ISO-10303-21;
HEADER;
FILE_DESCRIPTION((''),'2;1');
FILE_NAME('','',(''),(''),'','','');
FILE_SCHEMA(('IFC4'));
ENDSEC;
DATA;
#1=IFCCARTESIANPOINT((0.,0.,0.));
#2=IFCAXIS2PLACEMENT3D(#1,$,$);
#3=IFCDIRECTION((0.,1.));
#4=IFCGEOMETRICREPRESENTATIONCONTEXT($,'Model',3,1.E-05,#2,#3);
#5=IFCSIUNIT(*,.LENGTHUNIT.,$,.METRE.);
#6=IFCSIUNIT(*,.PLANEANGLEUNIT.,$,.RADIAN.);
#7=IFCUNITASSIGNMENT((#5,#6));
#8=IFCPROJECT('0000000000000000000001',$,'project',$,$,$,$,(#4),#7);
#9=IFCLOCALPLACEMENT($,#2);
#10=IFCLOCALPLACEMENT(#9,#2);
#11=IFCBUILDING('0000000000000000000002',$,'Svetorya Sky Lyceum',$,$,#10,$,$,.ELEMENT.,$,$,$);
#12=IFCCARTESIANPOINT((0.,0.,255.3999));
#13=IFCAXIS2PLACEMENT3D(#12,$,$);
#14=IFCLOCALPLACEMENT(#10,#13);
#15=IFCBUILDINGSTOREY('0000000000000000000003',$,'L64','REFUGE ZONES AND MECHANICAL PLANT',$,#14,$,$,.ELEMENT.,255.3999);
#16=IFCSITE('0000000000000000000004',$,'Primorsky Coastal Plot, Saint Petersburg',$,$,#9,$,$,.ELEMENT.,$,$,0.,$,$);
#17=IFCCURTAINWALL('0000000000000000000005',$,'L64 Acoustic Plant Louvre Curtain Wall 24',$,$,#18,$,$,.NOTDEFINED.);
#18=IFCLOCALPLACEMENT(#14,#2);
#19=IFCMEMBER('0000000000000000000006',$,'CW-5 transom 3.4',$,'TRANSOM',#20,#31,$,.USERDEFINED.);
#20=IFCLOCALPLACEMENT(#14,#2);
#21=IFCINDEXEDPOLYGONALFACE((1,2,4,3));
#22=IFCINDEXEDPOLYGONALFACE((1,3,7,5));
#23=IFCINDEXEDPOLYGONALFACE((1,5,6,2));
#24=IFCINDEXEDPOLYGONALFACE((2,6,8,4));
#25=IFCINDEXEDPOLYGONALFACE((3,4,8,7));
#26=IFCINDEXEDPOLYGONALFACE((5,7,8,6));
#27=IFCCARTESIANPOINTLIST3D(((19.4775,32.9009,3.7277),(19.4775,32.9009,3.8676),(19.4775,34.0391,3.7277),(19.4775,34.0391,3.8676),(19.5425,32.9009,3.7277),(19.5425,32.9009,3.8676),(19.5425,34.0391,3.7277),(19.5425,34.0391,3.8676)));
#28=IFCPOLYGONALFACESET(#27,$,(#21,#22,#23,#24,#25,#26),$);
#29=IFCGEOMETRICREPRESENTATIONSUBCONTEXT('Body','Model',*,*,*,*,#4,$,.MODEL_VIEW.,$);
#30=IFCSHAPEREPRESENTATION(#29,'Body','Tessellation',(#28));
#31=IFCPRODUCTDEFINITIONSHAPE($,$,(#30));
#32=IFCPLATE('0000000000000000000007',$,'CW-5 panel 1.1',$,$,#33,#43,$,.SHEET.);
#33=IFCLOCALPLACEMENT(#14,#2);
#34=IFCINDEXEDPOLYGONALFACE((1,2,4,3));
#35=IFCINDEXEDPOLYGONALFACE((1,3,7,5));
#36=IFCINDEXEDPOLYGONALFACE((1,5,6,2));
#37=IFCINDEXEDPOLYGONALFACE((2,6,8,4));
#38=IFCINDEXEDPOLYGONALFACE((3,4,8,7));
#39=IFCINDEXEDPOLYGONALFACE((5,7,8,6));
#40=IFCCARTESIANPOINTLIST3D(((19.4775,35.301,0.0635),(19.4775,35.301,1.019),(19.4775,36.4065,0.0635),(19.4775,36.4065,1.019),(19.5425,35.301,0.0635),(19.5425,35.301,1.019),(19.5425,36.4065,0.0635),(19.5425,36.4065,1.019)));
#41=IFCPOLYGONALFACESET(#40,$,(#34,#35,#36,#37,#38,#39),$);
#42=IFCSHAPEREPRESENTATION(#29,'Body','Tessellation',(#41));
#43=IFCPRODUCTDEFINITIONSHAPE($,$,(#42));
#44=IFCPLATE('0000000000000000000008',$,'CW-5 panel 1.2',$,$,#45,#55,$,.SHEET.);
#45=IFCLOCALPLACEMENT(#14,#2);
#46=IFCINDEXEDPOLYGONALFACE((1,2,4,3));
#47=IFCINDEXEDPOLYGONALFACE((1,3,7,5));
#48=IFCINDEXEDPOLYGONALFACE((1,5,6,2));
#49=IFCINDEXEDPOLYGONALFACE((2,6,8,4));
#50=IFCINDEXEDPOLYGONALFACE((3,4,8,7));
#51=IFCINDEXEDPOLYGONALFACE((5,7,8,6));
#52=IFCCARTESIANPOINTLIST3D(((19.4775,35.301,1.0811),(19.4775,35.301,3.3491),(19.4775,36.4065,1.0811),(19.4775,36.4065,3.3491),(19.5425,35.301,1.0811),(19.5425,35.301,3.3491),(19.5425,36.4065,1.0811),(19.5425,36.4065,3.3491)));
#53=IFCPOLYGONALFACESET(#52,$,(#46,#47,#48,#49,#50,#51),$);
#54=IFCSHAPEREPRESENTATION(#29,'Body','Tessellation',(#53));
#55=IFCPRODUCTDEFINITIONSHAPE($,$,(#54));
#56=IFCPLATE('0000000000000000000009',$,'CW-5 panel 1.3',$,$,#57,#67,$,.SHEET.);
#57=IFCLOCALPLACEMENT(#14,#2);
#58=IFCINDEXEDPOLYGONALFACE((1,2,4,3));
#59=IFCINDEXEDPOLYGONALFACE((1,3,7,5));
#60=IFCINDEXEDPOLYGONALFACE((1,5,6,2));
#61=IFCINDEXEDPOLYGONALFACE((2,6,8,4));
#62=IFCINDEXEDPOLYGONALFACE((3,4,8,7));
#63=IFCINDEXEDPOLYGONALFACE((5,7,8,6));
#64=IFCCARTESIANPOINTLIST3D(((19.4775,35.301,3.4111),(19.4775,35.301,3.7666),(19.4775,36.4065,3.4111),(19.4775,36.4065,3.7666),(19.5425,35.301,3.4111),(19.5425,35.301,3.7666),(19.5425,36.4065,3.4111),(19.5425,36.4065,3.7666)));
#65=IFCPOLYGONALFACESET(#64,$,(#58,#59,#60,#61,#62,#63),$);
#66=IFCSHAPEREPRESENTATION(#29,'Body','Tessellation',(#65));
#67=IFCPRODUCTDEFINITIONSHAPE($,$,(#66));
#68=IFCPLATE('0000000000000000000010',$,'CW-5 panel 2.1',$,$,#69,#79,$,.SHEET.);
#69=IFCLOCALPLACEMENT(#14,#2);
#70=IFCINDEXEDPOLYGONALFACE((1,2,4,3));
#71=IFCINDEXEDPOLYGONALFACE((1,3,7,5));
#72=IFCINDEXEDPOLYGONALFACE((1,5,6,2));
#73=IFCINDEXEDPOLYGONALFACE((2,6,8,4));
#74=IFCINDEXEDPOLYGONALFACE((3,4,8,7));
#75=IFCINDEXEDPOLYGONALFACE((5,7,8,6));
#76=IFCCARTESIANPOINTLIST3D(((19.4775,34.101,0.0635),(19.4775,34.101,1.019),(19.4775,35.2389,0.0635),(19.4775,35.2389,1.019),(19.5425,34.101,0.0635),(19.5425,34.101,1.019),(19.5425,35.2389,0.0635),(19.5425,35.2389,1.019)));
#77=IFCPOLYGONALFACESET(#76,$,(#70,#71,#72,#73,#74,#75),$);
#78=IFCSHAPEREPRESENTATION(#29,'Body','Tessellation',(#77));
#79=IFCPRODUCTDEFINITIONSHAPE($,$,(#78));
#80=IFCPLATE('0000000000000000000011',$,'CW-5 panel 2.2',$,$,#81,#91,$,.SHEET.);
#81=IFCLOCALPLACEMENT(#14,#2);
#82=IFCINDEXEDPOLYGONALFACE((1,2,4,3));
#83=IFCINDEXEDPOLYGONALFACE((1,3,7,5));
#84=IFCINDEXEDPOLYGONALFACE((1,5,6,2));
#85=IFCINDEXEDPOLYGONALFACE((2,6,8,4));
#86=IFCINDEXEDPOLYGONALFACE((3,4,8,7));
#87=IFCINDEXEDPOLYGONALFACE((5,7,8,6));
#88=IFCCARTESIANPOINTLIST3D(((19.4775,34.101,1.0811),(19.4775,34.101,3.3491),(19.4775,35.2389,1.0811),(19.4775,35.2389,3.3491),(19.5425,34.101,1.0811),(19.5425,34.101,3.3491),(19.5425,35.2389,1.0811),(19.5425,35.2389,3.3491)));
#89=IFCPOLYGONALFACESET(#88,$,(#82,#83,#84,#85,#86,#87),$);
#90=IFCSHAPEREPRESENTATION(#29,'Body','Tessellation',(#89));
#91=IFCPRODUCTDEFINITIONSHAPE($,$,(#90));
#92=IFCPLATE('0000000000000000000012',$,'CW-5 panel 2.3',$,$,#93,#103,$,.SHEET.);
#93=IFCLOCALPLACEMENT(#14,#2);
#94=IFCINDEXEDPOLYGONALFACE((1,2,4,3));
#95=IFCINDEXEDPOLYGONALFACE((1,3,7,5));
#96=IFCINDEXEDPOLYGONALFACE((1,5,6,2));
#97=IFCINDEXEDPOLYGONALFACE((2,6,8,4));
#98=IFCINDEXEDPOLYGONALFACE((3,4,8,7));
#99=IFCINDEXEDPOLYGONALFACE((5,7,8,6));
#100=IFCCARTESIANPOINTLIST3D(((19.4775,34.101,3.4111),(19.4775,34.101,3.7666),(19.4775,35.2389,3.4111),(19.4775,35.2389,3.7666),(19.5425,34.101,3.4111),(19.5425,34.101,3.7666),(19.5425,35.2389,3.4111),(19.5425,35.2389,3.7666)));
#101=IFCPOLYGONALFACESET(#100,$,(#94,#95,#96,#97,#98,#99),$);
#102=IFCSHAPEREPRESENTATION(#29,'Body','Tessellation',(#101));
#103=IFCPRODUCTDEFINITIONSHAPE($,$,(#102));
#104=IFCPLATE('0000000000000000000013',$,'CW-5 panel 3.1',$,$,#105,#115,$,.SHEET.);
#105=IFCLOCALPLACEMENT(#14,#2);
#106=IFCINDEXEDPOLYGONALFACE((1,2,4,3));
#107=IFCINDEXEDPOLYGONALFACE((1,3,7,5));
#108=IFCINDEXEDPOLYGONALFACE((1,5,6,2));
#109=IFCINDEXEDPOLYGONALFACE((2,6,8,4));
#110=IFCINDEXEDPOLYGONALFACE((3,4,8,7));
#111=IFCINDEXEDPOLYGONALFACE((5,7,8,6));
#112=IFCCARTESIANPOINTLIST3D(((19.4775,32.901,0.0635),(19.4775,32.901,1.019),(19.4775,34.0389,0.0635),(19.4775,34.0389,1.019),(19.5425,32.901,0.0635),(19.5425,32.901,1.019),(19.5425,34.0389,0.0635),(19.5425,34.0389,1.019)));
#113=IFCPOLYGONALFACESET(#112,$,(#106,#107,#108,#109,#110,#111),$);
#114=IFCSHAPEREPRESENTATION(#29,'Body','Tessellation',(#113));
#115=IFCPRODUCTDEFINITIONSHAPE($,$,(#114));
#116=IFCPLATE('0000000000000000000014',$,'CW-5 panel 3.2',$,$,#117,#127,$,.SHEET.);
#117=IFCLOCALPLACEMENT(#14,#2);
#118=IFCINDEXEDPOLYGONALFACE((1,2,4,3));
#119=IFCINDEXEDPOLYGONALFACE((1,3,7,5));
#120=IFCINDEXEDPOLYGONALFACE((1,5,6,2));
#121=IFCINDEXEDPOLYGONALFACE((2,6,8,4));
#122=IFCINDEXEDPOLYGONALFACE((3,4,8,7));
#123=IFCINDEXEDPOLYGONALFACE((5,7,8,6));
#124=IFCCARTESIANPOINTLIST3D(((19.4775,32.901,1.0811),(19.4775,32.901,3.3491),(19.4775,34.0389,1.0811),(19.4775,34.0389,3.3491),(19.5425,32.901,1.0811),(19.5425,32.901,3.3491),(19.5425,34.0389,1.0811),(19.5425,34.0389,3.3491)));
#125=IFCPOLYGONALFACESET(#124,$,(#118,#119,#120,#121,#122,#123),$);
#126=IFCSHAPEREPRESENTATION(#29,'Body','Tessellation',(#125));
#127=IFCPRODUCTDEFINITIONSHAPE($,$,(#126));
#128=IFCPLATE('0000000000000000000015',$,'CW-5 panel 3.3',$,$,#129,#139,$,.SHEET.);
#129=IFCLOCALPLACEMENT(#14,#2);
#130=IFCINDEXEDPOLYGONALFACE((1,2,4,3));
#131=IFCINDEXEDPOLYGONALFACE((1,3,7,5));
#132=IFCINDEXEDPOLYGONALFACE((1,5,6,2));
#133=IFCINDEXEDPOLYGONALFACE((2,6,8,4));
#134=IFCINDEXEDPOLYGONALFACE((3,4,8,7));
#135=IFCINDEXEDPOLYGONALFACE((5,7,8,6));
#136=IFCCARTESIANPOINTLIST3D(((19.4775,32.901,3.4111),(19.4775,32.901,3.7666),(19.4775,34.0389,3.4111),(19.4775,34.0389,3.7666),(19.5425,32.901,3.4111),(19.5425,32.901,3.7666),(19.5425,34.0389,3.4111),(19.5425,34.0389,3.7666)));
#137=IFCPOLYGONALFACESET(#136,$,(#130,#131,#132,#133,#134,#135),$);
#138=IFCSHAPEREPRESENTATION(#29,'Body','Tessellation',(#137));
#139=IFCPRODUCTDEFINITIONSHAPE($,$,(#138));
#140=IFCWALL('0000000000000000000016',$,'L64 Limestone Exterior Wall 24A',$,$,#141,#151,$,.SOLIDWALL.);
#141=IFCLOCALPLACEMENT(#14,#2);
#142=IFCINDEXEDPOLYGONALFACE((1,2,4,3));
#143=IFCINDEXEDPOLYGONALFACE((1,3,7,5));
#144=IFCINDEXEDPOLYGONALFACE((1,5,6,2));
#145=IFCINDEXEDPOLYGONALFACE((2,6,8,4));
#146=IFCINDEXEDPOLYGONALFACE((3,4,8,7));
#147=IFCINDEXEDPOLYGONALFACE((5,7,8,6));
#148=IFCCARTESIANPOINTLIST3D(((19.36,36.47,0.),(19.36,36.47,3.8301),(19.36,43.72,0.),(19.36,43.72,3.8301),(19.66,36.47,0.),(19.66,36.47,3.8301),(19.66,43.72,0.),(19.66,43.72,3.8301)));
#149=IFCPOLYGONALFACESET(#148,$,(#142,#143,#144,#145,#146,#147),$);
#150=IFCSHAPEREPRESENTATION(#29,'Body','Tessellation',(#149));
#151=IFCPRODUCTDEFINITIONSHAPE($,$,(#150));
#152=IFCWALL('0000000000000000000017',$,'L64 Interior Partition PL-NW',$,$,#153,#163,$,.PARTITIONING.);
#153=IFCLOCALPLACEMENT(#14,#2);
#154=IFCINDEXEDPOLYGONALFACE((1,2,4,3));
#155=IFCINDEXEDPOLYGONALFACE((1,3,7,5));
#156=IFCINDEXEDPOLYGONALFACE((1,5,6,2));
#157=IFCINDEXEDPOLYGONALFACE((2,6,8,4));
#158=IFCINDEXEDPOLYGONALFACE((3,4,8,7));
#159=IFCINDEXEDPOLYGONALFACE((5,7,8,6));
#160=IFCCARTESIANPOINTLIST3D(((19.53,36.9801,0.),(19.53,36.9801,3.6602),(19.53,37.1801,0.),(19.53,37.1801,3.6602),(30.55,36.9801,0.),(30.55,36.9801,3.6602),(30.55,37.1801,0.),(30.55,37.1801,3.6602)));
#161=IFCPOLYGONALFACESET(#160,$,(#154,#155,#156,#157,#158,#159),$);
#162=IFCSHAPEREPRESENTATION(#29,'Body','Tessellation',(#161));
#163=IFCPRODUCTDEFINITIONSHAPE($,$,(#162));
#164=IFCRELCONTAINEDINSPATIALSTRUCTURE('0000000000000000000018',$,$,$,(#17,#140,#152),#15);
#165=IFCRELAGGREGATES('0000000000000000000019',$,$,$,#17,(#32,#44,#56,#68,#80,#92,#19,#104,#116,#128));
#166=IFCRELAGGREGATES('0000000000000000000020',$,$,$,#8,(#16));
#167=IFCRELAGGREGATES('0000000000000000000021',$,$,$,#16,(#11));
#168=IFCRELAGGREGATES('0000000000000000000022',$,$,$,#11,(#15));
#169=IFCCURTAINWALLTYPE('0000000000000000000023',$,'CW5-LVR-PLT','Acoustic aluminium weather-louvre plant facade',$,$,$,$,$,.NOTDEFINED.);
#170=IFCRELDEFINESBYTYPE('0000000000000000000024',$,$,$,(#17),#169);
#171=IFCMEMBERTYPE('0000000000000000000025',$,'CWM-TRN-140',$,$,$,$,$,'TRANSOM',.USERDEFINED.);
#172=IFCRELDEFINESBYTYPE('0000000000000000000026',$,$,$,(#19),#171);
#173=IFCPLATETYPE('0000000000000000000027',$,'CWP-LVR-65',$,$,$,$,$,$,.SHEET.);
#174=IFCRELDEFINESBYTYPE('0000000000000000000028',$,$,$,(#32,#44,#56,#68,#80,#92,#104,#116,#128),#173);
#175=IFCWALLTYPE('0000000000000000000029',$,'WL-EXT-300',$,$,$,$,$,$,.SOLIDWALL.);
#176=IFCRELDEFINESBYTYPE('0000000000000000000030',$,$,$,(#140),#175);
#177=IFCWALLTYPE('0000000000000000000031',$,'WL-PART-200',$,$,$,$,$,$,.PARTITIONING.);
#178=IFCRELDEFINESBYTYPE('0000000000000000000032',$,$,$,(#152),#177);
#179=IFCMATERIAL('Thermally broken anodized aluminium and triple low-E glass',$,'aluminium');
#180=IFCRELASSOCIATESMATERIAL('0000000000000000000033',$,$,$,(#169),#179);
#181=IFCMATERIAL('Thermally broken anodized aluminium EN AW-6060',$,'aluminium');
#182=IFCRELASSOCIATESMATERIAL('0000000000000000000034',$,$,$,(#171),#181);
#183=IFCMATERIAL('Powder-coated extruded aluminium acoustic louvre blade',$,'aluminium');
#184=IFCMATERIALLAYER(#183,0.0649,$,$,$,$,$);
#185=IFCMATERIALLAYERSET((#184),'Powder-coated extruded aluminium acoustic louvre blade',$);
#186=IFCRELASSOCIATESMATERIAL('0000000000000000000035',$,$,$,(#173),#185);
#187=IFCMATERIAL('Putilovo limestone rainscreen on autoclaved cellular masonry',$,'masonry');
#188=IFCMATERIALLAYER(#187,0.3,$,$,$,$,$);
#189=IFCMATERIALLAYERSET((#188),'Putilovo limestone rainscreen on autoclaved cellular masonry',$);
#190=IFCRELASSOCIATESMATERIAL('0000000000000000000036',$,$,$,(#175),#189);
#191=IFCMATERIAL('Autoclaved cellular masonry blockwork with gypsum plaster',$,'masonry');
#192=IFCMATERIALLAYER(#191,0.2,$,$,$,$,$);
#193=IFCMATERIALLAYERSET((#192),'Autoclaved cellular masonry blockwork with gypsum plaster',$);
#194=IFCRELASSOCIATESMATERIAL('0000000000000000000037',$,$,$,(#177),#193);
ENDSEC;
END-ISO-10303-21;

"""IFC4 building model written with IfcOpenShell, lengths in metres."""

from ifc_helpers import new_model, si_unit, direction, frame, frame_2d, origin, origin_2d, place, context, subcontext, project, spatial, rectangle, extrude, material, layer, layer_set, material_profile, profile_set, type_object, element, aggregate, save


model = new_model("IFC4")

# Units and contexts
model_context = context("Model", 3, precision=1e-05, world=origin(), true_north=direction((0.0, 1.0)))
body_context = subcontext(model_context, "Body", "Model", "MODEL_VIEW")
ifc_project = project(units=[si_unit("LENGTHUNIT", "METRE"), si_unit("PLANEANGLEUNIT", "RADIAN")], contexts=[model_context])

# Site, building, storey
site_placement = place(None, origin())
site = spatial("IfcSite", under=ifc_project, at=site_placement, Name="Primorsky Coastal Plot, Saint Petersburg", CompositionType="ELEMENT", RefElevation=0.0)
building_placement = place(site_placement, origin())
building = spatial("IfcBuilding", under=site, at=building_placement, Name="Svetorya Sky Lyceum", CompositionType="ELEMENT")
storey_placement = place(building_placement, frame((0.0, 0.0, 255.3999)))
storey = spatial("IfcBuildingStorey", under=building, at=storey_placement, Name="L64", Description="REFUGE ZONES AND MECHANICAL PLANT", CompositionType="ELEMENT", Elevation=255.3999)

# Curtain wall, member, plates
ifc_material_1 = material(Name="Thermally broken anodized aluminium and triple low-E glass", Category="aluminium")
curtain_wall_type = type_object("IfcCurtainWallType", Name="CW5-LVR-PLT", Description="Acoustic aluminium weather-louvre plant facade", PredefinedType="NOTDEFINED", material=ifc_material_1)
curtain_wall_placement = place(storey_placement, origin())
curtain_wall = element("IfcCurtainWall", 1, at=curtain_wall_placement, inside=storey, type_object=curtain_wall_type, Name="L64 Acoustic Plant Louvre Curtain Wall 24", PredefinedType="NOTDEFINED")
ifc_material_2 = material(Name="Thermally broken anodized aluminium EN AW-6060", Category="aluminium")
ifc_material_profile_1 = material_profile(ifc_material_2, rectangle(XDim=0.0649, YDim=0.1399, at=origin_2d()), Name="ALU TRANSOM 65x140")
ifc_profile_set_1 = profile_set([ifc_material_profile_1], Name="Thermally broken anodized aluminium EN AW-6060")
member_type_1 = type_object("IfcMemberType", Name="CWM-TRN-140", ElementType="TRANSOM", PredefinedType="USERDEFINED", material=ifc_profile_set_1)
member_1_placement = place(storey_placement, frame((19.51, 34.0391, 3.7976), z_axis=(0.0, -1.0, 0.0), x_axis=(1.0, 0.0, 0.0)))
member_1 = element("IfcMember", 2, at=member_1_placement, type_object=member_type_1, Name="CW-5 transom 3.4", ObjectType="TRANSOM", PredefinedType="USERDEFINED", context=body_context, shape_type="SweptSolid", body=[
    extrude(rectangle(XDim=0.0649, YDim=0.1399, at=origin_2d()), origin(), (0.0, 0.0, 1.0), 1.1382),
])
ifc_material_3 = material(Name="Powder-coated extruded aluminium acoustic louvre blade", Category="aluminium")
ifc_layer_1 = layer(ifc_material_3, 0.0649)
ifc_layer_set_1 = layer_set([ifc_layer_1], Name="Powder-coated extruded aluminium acoustic louvre blade")
plate_type = type_object("IfcPlateType", Name="CWP-LVR-65", PredefinedType="SHEET", material=ifc_layer_set_1)
plate_1_placement = place(storey_placement, frame((19.51, 35.8538, 0.0635), z_axis=(0.0, 0.0, 1.0), x_axis=(0.0, -1.0, 0.0)))
plate_1 = element("IfcPlate", 3, at=plate_1_placement, type_object=plate_type, Name="CW-5 panel 1.1", PredefinedType="SHEET", context=body_context, shape_type="SweptSolid", body=[
    extrude(rectangle(XDim=1.1055, YDim=0.0649, at=origin_2d()), origin(), (0.0, 0.0, 1.0), 0.9556),
])
plate_2_placement = place(storey_placement, frame((19.51, 35.8538, 1.0811), z_axis=(0.0, 0.0, 1.0), x_axis=(0.0, -1.0, 0.0)))
plate_2 = element("IfcPlate", 4, at=plate_2_placement, type_object=plate_type, Name="CW-5 panel 1.2", PredefinedType="SHEET", context=body_context, shape_type="SweptSolid", body=[
    extrude(rectangle(XDim=1.1055, YDim=0.0649, at=origin_2d()), origin(), (0.0, 0.0, 1.0), 2.2681),
])
plate_3_placement = place(storey_placement, frame((19.51, 35.8538, 3.4111), z_axis=(0.0, 0.0, 1.0), x_axis=(0.0, -1.0, 0.0)))
plate_3 = element("IfcPlate", 5, at=plate_3_placement, type_object=plate_type, Name="CW-5 panel 1.3", PredefinedType="SHEET", context=body_context, shape_type="SweptSolid", body=[
    extrude(rectangle(XDim=1.1055, YDim=0.0649, at=origin_2d()), origin(), (0.0, 0.0, 1.0), 0.3555),
])
plate_4_placement = place(storey_placement, frame((19.51, 34.6699, 0.0635), z_axis=(0.0, 0.0, 1.0), x_axis=(0.0, -1.0, 0.0)))
plate_4 = element("IfcPlate", 6, at=plate_4_placement, type_object=plate_type, Name="CW-5 panel 2.1", PredefinedType="SHEET", context=body_context, shape_type="SweptSolid", body=[
    extrude(rectangle(XDim=1.1379, YDim=0.0649, at=origin_2d()), origin(), (0.0, 0.0, 1.0), 0.9556),
])
plate_5_placement = place(storey_placement, frame((19.51, 34.6699, 1.0811), z_axis=(0.0, 0.0, 1.0), x_axis=(0.0, -1.0, 0.0)))
plate_5 = element("IfcPlate", 7, at=plate_5_placement, type_object=plate_type, Name="CW-5 panel 2.2", PredefinedType="SHEET", context=body_context, shape_type="SweptSolid", body=[
    extrude(rectangle(XDim=1.1379, YDim=0.0649, at=origin_2d()), origin(), (0.0, 0.0, 1.0), 2.2681),
])
plate_6_placement = place(storey_placement, frame((19.51, 34.6699, 3.4111), z_axis=(0.0, 0.0, 1.0), x_axis=(0.0, -1.0, 0.0)))
plate_6 = element("IfcPlate", 8, at=plate_6_placement, type_object=plate_type, Name="CW-5 panel 2.3", PredefinedType="SHEET", context=body_context, shape_type="SweptSolid", body=[
    extrude(rectangle(XDim=1.1379, YDim=0.0649, at=origin_2d()), origin(), (0.0, 0.0, 1.0), 0.3555),
])
plate_7_placement = place(storey_placement, frame((19.51, 33.47, 0.0635), z_axis=(0.0, 0.0, 1.0), x_axis=(0.0, -1.0, 0.0)))
plate_7 = element("IfcPlate", 9, at=plate_7_placement, type_object=plate_type, Name="CW-5 panel 3.1", PredefinedType="SHEET", context=body_context, shape_type="SweptSolid", body=[
    extrude(rectangle(XDim=1.1379, YDim=0.0649, at=origin_2d()), origin(), (0.0, 0.0, 1.0), 0.9556),
])
plate_8_placement = place(storey_placement, frame((19.51, 33.47, 1.0811), z_axis=(0.0, 0.0, 1.0), x_axis=(0.0, -1.0, 0.0)))
plate_8 = element("IfcPlate", 10, at=plate_8_placement, type_object=plate_type, Name="CW-5 panel 3.2", PredefinedType="SHEET", context=body_context, shape_type="SweptSolid", body=[
    extrude(rectangle(XDim=1.1379, YDim=0.0649, at=origin_2d()), origin(), (0.0, 0.0, 1.0), 2.2681),
])
plate_9_placement = place(storey_placement, frame((19.51, 33.47, 3.4111), z_axis=(0.0, 0.0, 1.0), x_axis=(0.0, -1.0, 0.0)))
plate_9 = element("IfcPlate", 11, at=plate_9_placement, type_object=plate_type, Name="CW-5 panel 3.3", PredefinedType="SHEET", context=body_context, shape_type="SweptSolid", body=[
    extrude(rectangle(XDim=1.1379, YDim=0.0649, at=origin_2d()), origin(), (0.0, 0.0, 1.0), 0.3555),
])
aggregate(curtain_wall, [plate_1, plate_2, plate_3, plate_4, plate_5, plate_6, member_1, plate_7, plate_8, plate_9])

# Walls
ifc_material_4 = material(Name="Putilovo limestone rainscreen on autoclaved cellular masonry", Category="masonry")
ifc_layer_2 = layer(ifc_material_4, 0.3)
ifc_layer_set_2 = layer_set([ifc_layer_2], Name="Putilovo limestone rainscreen on autoclaved cellular masonry")
wall_type_1 = type_object("IfcWallType", Name="WL-EXT-300", PredefinedType="SOLIDWALL", material=ifc_layer_set_2)
wall_1_placement = place(storey_placement, frame((19.51, 43.72, 0.0), z_axis=(0.0, 0.0, 1.0), x_axis=(0.0, -1.0, 0.0)))
element("IfcWall", 12, at=wall_1_placement, inside=storey, type_object=wall_type_1, Name="L64 Limestone Exterior Wall 24A", PredefinedType="SOLIDWALL", context=body_context, shape_type="SweptSolid", body=[
    extrude(rectangle(XDim=7.25, YDim=0.3, at=frame_2d((3.625, 0.0))), origin(), (0.0, 0.0, 1.0), 3.8301),
])
ifc_material_5 = material(Name="Autoclaved cellular masonry blockwork with gypsum plaster", Category="masonry")
ifc_layer_3 = layer(ifc_material_5, 0.2)
ifc_layer_set_3 = layer_set([ifc_layer_3], Name="Autoclaved cellular masonry blockwork with gypsum plaster")
wall_type_2 = type_object("IfcWallType", Name="WL-PART-200", PredefinedType="PARTITIONING", material=ifc_layer_set_3)
wall_2_placement = place(storey_placement, frame((19.53, 37.0801, 0.0), z_axis=(0.0, 0.0, 1.0), x_axis=(1.0, 0.0, 0.0)))
element("IfcWall", 13, at=wall_2_placement, inside=storey, type_object=wall_type_2, Name="L64 Interior Partition PL-NW", PredefinedType="PARTITIONING", context=body_context, shape_type="SweptSolid", body=[
    extrude(rectangle(XDim=11.02, YDim=0.2, at=frame_2d((5.51, 0.0))), origin(), (0.0, 0.0, 1.0), 3.6602),
])

save(model, "model.ifc")
